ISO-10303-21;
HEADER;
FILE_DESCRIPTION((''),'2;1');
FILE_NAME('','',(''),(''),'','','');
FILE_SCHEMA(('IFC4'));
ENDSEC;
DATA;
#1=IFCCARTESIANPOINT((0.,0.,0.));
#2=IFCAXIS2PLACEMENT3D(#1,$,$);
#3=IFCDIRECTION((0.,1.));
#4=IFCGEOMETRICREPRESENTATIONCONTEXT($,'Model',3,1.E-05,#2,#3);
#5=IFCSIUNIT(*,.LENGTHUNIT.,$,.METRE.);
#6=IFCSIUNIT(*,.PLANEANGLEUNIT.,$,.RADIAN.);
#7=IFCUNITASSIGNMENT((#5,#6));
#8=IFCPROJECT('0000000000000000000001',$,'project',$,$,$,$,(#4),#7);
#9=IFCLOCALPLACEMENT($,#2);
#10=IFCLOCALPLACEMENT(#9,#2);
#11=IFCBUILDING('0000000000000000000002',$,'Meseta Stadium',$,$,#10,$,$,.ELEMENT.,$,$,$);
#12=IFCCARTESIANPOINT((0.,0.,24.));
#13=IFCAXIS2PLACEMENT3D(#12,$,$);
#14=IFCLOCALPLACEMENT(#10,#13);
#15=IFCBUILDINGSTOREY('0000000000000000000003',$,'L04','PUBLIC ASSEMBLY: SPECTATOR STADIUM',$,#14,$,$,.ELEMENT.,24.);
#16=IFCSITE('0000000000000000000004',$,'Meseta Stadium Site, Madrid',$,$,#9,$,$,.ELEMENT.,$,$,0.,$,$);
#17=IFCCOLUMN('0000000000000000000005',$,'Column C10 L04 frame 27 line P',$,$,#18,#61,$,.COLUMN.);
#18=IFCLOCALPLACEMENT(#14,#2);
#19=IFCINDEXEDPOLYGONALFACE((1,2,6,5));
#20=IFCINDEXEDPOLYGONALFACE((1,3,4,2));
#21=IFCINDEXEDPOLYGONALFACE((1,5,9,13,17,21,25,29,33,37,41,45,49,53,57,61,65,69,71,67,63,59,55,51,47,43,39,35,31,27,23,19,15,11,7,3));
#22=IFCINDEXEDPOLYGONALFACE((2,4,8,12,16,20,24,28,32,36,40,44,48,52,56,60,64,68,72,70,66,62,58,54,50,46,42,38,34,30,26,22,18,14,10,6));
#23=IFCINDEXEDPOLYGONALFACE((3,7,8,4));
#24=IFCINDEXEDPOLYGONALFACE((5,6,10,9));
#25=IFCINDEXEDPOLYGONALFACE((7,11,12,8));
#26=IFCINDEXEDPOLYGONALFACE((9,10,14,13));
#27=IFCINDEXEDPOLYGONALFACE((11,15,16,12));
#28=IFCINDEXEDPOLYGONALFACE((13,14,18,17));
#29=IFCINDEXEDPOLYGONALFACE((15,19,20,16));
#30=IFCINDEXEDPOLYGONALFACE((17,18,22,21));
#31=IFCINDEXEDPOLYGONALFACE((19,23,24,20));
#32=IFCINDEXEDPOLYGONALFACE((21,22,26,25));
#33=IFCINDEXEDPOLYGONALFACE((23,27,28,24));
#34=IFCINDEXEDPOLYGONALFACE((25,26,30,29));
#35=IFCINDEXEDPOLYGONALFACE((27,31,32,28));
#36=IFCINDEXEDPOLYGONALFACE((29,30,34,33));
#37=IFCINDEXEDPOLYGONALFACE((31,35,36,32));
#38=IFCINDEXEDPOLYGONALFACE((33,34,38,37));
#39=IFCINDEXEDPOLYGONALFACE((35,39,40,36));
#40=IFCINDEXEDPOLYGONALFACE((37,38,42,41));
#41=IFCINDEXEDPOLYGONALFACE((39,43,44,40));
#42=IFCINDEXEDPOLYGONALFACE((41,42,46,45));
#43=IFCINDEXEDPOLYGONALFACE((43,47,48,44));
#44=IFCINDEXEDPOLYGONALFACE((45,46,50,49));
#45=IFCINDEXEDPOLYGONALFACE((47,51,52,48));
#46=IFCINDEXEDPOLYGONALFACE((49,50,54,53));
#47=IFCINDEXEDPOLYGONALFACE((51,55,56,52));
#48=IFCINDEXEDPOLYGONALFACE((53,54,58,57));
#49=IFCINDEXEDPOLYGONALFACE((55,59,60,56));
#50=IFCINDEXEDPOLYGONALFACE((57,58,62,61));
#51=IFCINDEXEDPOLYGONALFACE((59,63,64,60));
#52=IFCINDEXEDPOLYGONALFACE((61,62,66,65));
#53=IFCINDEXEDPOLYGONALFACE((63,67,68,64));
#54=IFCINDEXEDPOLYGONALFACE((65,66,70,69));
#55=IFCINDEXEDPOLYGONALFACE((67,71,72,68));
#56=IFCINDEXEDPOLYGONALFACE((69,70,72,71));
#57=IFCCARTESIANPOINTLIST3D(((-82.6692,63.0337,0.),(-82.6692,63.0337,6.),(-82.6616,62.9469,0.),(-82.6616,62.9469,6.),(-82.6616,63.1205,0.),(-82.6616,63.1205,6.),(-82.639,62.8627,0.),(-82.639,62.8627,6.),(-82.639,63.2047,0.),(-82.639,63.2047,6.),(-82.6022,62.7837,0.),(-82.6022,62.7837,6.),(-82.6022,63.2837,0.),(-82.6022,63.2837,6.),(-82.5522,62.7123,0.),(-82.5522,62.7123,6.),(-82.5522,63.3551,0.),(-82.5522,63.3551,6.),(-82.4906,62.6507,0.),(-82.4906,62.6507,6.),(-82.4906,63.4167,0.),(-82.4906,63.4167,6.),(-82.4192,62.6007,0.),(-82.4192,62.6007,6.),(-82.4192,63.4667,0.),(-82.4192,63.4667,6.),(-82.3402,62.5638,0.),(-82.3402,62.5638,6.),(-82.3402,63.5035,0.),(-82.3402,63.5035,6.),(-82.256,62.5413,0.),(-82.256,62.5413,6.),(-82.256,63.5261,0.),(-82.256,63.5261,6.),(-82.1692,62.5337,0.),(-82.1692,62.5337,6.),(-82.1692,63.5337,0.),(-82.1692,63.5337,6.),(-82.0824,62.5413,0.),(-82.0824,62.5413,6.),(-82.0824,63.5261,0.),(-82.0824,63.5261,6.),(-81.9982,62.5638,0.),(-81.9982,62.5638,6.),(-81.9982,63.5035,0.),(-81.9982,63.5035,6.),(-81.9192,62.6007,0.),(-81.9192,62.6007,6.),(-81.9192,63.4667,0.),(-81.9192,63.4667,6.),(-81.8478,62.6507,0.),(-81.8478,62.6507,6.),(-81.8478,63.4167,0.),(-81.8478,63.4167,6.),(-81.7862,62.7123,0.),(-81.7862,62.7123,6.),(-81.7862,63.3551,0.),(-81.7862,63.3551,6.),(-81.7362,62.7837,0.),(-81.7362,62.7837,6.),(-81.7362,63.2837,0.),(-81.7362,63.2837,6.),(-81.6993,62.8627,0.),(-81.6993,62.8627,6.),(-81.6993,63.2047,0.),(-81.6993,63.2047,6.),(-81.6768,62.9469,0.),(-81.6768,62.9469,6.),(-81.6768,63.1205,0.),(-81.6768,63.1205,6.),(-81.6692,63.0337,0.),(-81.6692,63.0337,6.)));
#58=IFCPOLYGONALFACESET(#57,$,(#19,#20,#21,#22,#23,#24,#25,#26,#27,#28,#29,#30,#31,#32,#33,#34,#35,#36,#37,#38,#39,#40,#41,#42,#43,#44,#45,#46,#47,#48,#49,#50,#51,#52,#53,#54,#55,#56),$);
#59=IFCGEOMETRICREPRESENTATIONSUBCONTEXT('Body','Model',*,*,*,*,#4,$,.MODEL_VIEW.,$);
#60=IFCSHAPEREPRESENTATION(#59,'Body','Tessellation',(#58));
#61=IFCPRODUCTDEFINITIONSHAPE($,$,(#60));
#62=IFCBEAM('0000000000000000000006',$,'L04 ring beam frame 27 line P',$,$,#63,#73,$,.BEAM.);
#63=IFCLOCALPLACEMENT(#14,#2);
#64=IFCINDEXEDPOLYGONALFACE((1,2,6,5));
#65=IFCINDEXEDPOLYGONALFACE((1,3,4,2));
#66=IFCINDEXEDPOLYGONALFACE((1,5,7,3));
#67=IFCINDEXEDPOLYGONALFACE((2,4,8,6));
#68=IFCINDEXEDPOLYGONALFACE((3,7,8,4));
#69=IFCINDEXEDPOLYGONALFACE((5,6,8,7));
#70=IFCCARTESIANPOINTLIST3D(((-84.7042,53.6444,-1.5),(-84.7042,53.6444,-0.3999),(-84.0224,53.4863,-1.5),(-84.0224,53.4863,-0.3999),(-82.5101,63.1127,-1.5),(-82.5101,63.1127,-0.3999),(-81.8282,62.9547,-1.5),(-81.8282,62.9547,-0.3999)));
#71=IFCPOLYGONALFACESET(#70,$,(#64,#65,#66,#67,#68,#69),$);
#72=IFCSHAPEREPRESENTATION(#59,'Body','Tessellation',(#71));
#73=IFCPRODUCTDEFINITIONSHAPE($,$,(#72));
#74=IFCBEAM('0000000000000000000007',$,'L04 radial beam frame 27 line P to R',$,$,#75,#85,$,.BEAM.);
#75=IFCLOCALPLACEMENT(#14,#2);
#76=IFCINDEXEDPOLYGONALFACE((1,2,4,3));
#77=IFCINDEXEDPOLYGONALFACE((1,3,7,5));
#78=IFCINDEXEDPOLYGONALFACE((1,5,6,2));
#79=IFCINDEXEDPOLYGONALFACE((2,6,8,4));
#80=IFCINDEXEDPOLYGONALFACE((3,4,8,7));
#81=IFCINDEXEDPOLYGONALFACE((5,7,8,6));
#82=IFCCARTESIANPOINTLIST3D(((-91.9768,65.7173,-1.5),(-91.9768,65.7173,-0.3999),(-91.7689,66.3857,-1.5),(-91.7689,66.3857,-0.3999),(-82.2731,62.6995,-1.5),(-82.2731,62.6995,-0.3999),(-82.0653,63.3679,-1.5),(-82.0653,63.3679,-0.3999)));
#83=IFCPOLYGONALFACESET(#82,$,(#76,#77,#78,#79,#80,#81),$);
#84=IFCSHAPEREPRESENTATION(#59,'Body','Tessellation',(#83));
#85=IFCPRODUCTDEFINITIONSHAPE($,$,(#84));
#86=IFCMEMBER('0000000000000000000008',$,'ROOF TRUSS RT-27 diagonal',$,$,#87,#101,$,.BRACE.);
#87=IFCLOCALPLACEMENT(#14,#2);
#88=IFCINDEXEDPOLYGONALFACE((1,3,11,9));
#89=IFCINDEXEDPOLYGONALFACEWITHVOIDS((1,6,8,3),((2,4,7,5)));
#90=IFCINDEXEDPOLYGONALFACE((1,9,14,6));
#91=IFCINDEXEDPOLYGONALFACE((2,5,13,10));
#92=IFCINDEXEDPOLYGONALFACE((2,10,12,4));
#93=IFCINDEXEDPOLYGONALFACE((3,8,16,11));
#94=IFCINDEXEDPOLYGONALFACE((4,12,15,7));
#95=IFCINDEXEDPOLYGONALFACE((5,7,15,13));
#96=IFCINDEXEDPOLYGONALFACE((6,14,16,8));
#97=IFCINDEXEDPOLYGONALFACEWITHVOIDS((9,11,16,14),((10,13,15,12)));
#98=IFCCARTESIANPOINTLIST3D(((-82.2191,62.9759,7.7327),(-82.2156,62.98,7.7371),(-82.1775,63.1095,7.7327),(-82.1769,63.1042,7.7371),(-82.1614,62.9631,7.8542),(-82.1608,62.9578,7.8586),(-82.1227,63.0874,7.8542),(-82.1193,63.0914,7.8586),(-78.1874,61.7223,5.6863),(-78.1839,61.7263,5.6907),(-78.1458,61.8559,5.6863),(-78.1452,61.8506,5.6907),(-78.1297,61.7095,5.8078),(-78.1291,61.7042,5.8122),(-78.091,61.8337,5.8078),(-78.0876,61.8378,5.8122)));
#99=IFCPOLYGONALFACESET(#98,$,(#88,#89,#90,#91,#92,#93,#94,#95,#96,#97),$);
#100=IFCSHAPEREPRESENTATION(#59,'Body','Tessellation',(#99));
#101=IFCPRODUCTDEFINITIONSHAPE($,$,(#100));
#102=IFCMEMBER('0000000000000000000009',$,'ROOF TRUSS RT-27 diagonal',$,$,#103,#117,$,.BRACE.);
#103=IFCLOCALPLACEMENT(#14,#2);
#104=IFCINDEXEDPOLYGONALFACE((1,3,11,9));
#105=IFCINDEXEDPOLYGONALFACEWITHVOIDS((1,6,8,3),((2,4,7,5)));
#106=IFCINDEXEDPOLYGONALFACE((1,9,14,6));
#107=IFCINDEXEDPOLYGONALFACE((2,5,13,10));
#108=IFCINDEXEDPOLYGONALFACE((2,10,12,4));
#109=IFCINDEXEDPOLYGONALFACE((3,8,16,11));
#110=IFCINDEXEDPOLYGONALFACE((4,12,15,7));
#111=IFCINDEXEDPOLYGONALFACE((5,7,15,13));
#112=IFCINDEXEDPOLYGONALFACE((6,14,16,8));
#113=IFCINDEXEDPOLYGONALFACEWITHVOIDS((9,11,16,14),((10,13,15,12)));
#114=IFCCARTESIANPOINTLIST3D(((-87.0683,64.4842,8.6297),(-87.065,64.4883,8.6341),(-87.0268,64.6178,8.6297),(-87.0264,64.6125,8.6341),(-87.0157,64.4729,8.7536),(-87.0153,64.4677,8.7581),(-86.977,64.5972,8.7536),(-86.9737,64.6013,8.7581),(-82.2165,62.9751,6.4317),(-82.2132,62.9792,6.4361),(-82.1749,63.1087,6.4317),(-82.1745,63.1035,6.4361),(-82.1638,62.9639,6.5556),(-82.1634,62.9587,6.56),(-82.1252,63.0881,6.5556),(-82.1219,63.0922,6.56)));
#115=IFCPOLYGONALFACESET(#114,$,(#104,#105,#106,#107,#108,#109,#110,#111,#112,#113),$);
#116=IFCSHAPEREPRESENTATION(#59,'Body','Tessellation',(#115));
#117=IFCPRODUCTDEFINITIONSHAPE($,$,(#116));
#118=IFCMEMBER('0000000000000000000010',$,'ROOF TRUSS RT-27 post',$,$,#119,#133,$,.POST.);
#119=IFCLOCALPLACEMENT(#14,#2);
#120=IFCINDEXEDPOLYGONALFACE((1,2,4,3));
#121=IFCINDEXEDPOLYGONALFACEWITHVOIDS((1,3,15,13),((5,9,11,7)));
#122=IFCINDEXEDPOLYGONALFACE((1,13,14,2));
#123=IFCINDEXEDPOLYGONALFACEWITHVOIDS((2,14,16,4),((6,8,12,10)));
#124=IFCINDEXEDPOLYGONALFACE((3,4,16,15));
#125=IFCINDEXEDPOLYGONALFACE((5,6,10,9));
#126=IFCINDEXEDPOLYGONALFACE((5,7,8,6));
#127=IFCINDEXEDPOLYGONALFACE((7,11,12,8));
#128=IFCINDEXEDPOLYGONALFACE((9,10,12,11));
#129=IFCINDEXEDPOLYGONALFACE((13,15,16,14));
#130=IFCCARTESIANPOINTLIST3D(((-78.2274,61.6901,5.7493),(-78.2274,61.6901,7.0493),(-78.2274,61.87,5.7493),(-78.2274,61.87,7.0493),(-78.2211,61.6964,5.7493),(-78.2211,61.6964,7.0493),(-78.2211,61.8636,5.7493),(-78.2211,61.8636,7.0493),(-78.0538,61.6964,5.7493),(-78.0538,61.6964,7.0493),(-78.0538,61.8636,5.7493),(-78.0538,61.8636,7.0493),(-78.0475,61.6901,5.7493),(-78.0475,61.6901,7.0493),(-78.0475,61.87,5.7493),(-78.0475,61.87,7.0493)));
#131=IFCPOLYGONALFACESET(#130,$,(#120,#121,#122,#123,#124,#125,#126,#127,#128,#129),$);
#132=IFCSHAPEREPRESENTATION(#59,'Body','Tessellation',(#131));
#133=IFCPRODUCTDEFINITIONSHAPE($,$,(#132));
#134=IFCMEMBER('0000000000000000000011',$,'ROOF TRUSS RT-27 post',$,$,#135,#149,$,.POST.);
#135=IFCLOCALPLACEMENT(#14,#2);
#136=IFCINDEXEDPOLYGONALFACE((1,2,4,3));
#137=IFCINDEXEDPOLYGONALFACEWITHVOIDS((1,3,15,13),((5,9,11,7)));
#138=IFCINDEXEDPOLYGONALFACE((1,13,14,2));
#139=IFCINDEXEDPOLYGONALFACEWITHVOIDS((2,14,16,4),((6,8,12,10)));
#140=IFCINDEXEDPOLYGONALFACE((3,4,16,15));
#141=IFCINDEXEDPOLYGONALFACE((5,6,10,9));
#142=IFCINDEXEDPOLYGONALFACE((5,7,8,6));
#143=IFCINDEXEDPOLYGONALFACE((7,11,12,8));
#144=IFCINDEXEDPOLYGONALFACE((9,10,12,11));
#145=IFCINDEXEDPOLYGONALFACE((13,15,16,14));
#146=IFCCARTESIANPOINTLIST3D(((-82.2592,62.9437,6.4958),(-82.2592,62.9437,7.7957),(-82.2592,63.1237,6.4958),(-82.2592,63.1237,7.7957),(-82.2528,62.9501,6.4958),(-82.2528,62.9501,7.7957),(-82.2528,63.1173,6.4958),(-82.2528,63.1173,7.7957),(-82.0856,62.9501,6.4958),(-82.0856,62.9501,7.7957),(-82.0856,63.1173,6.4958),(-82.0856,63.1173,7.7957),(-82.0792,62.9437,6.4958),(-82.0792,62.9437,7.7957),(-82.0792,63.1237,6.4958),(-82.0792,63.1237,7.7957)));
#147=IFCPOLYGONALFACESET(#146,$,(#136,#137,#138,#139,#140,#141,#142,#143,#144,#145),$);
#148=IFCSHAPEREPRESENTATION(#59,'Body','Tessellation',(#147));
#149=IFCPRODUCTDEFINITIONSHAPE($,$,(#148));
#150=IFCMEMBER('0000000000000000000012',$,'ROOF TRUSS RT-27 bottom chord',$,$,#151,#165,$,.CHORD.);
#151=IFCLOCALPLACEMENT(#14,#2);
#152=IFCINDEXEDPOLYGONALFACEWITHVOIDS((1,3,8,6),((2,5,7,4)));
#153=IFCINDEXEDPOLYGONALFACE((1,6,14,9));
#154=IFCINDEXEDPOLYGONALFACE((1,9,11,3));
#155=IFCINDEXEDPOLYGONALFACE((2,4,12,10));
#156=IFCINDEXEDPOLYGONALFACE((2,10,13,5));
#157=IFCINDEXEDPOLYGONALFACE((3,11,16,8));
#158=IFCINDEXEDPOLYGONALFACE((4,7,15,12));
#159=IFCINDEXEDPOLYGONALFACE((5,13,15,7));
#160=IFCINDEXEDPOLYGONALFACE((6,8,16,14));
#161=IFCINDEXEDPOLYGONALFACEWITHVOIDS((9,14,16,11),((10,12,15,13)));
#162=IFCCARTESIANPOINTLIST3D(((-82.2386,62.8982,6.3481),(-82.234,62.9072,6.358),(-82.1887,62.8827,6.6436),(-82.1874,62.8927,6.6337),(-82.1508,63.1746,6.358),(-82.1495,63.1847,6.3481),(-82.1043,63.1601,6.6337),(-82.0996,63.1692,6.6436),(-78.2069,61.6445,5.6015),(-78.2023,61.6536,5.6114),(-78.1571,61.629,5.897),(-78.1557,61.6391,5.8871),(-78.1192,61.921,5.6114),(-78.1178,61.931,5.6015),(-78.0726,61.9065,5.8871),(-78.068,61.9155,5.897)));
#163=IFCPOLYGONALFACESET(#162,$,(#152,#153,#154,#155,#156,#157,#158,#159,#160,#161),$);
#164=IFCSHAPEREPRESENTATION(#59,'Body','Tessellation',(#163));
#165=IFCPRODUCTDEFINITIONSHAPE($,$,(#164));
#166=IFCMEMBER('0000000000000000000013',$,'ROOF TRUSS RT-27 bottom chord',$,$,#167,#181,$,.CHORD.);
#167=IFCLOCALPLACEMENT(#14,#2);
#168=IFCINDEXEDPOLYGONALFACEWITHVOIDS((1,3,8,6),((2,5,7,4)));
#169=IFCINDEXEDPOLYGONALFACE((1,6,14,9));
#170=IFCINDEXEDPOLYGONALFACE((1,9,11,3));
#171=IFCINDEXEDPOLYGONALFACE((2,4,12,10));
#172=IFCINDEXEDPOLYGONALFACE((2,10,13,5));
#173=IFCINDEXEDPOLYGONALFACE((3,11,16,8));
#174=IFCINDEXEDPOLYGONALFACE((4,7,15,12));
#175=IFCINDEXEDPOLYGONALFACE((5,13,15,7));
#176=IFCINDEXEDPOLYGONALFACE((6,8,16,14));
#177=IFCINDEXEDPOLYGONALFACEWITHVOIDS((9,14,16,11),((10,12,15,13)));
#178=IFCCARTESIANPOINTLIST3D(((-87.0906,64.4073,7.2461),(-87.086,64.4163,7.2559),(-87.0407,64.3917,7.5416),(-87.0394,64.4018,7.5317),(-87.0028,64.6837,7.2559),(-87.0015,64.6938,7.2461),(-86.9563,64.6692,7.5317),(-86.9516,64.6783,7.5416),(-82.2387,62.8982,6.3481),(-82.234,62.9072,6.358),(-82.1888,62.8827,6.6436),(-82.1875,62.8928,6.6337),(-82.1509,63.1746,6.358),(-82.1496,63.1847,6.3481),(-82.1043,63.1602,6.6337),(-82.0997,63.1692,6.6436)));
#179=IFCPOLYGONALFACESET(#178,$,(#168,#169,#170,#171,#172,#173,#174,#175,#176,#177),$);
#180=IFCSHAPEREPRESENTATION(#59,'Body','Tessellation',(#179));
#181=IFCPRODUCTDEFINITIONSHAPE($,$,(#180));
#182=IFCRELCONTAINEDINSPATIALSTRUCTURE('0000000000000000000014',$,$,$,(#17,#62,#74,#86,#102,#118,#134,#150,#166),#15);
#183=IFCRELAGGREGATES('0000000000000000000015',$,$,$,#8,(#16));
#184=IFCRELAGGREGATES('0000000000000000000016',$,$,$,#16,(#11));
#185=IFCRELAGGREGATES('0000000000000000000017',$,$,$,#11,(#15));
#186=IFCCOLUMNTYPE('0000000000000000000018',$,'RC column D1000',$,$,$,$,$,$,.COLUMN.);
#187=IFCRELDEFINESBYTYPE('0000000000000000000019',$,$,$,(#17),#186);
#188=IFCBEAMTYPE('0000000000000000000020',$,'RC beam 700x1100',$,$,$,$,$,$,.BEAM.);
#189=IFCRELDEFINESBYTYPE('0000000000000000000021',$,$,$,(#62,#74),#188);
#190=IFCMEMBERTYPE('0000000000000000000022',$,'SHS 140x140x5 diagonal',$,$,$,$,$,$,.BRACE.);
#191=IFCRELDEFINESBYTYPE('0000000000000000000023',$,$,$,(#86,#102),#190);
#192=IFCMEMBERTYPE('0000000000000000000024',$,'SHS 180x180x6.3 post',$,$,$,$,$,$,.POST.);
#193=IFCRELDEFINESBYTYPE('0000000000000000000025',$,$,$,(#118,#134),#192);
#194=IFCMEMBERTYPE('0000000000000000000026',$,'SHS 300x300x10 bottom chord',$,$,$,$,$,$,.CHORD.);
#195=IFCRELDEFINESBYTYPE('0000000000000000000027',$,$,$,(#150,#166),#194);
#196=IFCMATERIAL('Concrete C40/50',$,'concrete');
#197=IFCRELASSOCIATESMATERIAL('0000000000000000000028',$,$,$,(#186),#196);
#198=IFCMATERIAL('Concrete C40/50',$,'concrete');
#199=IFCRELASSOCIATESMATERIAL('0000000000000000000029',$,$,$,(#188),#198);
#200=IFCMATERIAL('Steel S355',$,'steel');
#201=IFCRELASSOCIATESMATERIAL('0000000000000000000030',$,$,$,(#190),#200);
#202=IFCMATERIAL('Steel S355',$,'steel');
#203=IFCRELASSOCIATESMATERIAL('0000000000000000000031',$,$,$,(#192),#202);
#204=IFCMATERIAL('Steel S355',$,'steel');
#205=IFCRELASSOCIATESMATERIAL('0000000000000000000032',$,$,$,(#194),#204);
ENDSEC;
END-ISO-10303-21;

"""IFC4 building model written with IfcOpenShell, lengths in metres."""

from ifc_helpers import new_model, si_unit, direction, frame, origin, origin_2d, place, context, subcontext, project, spatial, rectangle, hollow_rectangle, circle, extrude, material, material_profile, profile_set, type_object, element, save


model = new_model("IFC4")

# Units and contexts
model_context = context("Model", 3, precision=1e-05, world=origin(), true_north=direction((0.0, 1.0)))
body_context = subcontext(model_context, "Body", "Model", "MODEL_VIEW")
ifc_project = project(units=[si_unit("LENGTHUNIT", "METRE"), si_unit("PLANEANGLEUNIT", "RADIAN")], contexts=[model_context])

# Site, building, storey
site_placement = place(None, origin())
site = spatial("IfcSite", under=ifc_project, at=site_placement, Name="Meseta Stadium Site, Madrid", CompositionType="ELEMENT", RefElevation=0.0)
building_placement = place(site_placement, origin())
building = spatial("IfcBuilding", under=site, at=building_placement, Name="Meseta Stadium", CompositionType="ELEMENT")
storey_placement = place(building_placement, frame((0.0, 0.0, 24.0)))
storey = spatial("IfcBuildingStorey", under=building, at=storey_placement, Name="L04", Description="PUBLIC ASSEMBLY: SPECTATOR STADIUM", CompositionType="ELEMENT", Elevation=24.0)

# Column
ifc_material_1 = material(Name="Concrete C40/50", Category="concrete")
ifc_material_profile_1 = material_profile(ifc_material_1, circle(Radius=0.5, at=origin_2d()), Name="RC D1000")
ifc_profile_set_1 = profile_set([ifc_material_profile_1], Name="Concrete C40/50")
column_type = type_object("IfcColumnType", Name="RC column D1000", PredefinedType="COLUMN", material=ifc_profile_set_1)
column_placement = place(storey_placement, frame((-82.1692, 63.0337, 0.0), z_axis=(0.0, 0.0, 1.0), x_axis=(1.0, 0.0, 0.0)))
element("IfcColumn", 1, at=column_placement, inside=storey, type_object=column_type, Name="Column C10 L04 frame 27 line P", PredefinedType="COLUMN", context=body_context, shape_type="SweptSolid", body=[
    extrude(circle(Radius=0.5, at=origin_2d()), origin(), (0.0, 0.0, 1.0), 6.0),
])

# Beams
ifc_material_2 = material(Name="Concrete C40/50", Category="concrete")
ifc_material_profile_2 = material_profile(ifc_material_2, rectangle(XDim=0.7, YDim=1.1001, at=origin_2d()), Name="RC 700x1100")
ifc_profile_set_2 = profile_set([ifc_material_profile_2], Name="Concrete C40/50")
beam_type = type_object("IfcBeamType", Name="RC beam 700x1100", PredefinedType="BEAM", material=ifc_profile_set_2)
beam_1_placement = place(storey_placement, frame((-82.1692, 63.0337, -0.95), z_axis=(-0.225749, -0.974185, 0.0), x_axis=(0.974185, -0.225749, 0.0)))
element("IfcBeam", 2, at=beam_1_placement, inside=storey, type_object=beam_type, Name="L04 ring beam frame 27 line P", PredefinedType="BEAM", context=body_context, shape_type="SweptSolid", body=[
    extrude(rectangle(XDim=0.7, YDim=1.1001, at=origin_2d()), origin(), (0.0, 0.0, 1.0), 9.7192),
])
beam_2_placement = place(storey_placement, frame((-82.1692, 63.0337, -0.95), z_axis=(-0.954887, 0.29697, 0.0), x_axis=(-0.29697, -0.954887, 0.0)))
element("IfcBeam", 3, at=beam_2_placement, inside=storey, type_object=beam_type, Name="L04 radial beam frame 27 line P to R", PredefinedType="BEAM", context=body_context, shape_type="SweptSolid", body=[
    extrude(rectangle(XDim=0.7, YDim=1.1001, at=origin_2d()), origin(), (0.0, 0.0, 1.0), 10.1621),
])

# Members
ifc_material_3 = material(Name="Steel S355", Category="steel")
ifc_material_profile_3 = material_profile(ifc_material_3, hollow_rectangle(XDim=0.1399, YDim=0.1399, WallThickness=0.0049, at=origin_2d()), Name="SHS 140x140x5")
ifc_profile_set_3 = profile_set([ifc_material_profile_3], Name="Steel S355")
member_type_1 = type_object("IfcMemberType", Name="SHS 140x140x5 diagonal", PredefinedType="BRACE", material=ifc_profile_set_3)
member_1_placement = place(storey_placement, frame((-78.1375, 61.78, 5.7493), z_axis=(-0.859291, 0.267195, 0.43615), x_axis=(-0.296925, -0.954901, 0.0)))
element("IfcMember", 4, at=member_1_placement, inside=storey, type_object=member_type_1, Name="ROOF TRUSS RT-27 diagonal", PredefinedType="BRACE", context=body_context, shape_type="SweptSolid", body=[
    extrude(hollow_rectangle(XDim=0.1399, YDim=0.1399, WallThickness=0.0049, at=origin_2d()), origin(), (0.0, 0.0, 1.0), 4.6919),
])
member_2_placement = place(storey_placement, frame((-82.1692, 63.0337, 6.4958), z_axis=(-0.876394, 0.272581, 0.39703), x_axis=(-0.296992, -0.95488, 0.0)))
element("IfcMember", 5, at=member_2_placement, inside=storey, type_object=member_type_1, Name="ROOF TRUSS RT-27 diagonal", PredefinedType="BRACE", context=body_context, shape_type="SweptSolid", body=[
    extrude(hollow_rectangle(XDim=0.1399, YDim=0.1399, WallThickness=0.0049, at=origin_2d()), origin(), (0.0, 0.0, 1.0), 5.5361),
])
ifc_material_4 = material(Name="Steel S355", Category="steel")
ifc_material_profile_4 = material_profile(ifc_material_4, hollow_rectangle(XDim=0.1799, YDim=0.1799, WallThickness=0.0063, at=origin_2d()), Name="SHS 180x180x6.3")
ifc_profile_set_4 = profile_set([ifc_material_profile_4], Name="Steel S355")
member_type_2 = type_object("IfcMemberType", Name="SHS 180x180x6.3 post", PredefinedType="POST", material=ifc_profile_set_4)
member_3_placement = place(storey_placement, frame((-78.1375, 61.78, 5.7493), z_axis=(0.0, 0.0, 1.0), x_axis=(1.0, 0.0, 0.0)))
element("IfcMember", 6, at=member_3_placement, inside=storey, type_object=member_type_2, Name="ROOF TRUSS RT-27 post", PredefinedType="POST", context=body_context, shape_type="SweptSolid", body=[
    extrude(hollow_rectangle(XDim=0.1799, YDim=0.1799, WallThickness=0.0063, at=origin_2d()), origin(), (0.0, 0.0, 1.0), 1.3),
])
member_4_placement = place(storey_placement, frame((-82.1692, 63.0337, 6.4958), z_axis=(0.0, 0.0, 1.0), x_axis=(1.0, 0.0, 0.0)))
element("IfcMember", 7, at=member_4_placement, inside=storey, type_object=member_type_2, Name="ROOF TRUSS RT-27 post", PredefinedType="POST", context=body_context, shape_type="SweptSolid", body=[
    extrude(hollow_rectangle(XDim=0.1799, YDim=0.1799, WallThickness=0.0063, at=origin_2d()), origin(), (0.0, 0.0, 1.0), 1.2998),
])
ifc_material_5 = material(Name="Steel S355", Category="steel")
ifc_material_profile_5 = material_profile(ifc_material_5, hollow_rectangle(XDim=0.3, YDim=0.3, WallThickness=0.01, at=origin_2d()), Name="SHS 300x300x10")
ifc_profile_set_5 = profile_set([ifc_material_profile_5], Name="Steel S355")
member_type_3 = type_object("IfcMemberType", Name="SHS 300x300x10 bottom chord", PredefinedType="CHORD", material=ifc_profile_set_5)
member_5_placement = place(storey_placement, frame((-78.1375, 61.78, 5.7493), z_axis=(-0.940314, 0.292389, 0.174124), x_axis=(-0.296925, -0.954901, 0.0)))
element("IfcMember", 8, at=member_5_placement, inside=storey, type_object=member_type_3, Name="ROOF TRUSS RT-27 bottom chord", PredefinedType="CHORD", context=body_context, shape_type="SweptSolid", body=[
    extrude(hollow_rectangle(XDim=0.3, YDim=0.3, WallThickness=0.01, at=origin_2d()), origin(), (0.0, 0.0, 1.0), 4.2876),
])
member_6_placement = place(storey_placement, frame((-82.1692, 63.0337, 6.4958), z_axis=(-0.940309, 0.29246, 0.174028), x_axis=(-0.296992, -0.95488, 0.0)))
element("IfcMember", 9, at=member_6_placement, inside=storey, type_object=member_type_3, Name="ROOF TRUSS RT-27 bottom chord", PredefinedType="CHORD", context=body_context, shape_type="SweptSolid", body=[
    extrude(hollow_rectangle(XDim=0.3, YDim=0.3, WallThickness=0.01, at=origin_2d()), origin(), (0.0, 0.0, 1.0), 5.1599),
])

save(model, "model.ifc")
